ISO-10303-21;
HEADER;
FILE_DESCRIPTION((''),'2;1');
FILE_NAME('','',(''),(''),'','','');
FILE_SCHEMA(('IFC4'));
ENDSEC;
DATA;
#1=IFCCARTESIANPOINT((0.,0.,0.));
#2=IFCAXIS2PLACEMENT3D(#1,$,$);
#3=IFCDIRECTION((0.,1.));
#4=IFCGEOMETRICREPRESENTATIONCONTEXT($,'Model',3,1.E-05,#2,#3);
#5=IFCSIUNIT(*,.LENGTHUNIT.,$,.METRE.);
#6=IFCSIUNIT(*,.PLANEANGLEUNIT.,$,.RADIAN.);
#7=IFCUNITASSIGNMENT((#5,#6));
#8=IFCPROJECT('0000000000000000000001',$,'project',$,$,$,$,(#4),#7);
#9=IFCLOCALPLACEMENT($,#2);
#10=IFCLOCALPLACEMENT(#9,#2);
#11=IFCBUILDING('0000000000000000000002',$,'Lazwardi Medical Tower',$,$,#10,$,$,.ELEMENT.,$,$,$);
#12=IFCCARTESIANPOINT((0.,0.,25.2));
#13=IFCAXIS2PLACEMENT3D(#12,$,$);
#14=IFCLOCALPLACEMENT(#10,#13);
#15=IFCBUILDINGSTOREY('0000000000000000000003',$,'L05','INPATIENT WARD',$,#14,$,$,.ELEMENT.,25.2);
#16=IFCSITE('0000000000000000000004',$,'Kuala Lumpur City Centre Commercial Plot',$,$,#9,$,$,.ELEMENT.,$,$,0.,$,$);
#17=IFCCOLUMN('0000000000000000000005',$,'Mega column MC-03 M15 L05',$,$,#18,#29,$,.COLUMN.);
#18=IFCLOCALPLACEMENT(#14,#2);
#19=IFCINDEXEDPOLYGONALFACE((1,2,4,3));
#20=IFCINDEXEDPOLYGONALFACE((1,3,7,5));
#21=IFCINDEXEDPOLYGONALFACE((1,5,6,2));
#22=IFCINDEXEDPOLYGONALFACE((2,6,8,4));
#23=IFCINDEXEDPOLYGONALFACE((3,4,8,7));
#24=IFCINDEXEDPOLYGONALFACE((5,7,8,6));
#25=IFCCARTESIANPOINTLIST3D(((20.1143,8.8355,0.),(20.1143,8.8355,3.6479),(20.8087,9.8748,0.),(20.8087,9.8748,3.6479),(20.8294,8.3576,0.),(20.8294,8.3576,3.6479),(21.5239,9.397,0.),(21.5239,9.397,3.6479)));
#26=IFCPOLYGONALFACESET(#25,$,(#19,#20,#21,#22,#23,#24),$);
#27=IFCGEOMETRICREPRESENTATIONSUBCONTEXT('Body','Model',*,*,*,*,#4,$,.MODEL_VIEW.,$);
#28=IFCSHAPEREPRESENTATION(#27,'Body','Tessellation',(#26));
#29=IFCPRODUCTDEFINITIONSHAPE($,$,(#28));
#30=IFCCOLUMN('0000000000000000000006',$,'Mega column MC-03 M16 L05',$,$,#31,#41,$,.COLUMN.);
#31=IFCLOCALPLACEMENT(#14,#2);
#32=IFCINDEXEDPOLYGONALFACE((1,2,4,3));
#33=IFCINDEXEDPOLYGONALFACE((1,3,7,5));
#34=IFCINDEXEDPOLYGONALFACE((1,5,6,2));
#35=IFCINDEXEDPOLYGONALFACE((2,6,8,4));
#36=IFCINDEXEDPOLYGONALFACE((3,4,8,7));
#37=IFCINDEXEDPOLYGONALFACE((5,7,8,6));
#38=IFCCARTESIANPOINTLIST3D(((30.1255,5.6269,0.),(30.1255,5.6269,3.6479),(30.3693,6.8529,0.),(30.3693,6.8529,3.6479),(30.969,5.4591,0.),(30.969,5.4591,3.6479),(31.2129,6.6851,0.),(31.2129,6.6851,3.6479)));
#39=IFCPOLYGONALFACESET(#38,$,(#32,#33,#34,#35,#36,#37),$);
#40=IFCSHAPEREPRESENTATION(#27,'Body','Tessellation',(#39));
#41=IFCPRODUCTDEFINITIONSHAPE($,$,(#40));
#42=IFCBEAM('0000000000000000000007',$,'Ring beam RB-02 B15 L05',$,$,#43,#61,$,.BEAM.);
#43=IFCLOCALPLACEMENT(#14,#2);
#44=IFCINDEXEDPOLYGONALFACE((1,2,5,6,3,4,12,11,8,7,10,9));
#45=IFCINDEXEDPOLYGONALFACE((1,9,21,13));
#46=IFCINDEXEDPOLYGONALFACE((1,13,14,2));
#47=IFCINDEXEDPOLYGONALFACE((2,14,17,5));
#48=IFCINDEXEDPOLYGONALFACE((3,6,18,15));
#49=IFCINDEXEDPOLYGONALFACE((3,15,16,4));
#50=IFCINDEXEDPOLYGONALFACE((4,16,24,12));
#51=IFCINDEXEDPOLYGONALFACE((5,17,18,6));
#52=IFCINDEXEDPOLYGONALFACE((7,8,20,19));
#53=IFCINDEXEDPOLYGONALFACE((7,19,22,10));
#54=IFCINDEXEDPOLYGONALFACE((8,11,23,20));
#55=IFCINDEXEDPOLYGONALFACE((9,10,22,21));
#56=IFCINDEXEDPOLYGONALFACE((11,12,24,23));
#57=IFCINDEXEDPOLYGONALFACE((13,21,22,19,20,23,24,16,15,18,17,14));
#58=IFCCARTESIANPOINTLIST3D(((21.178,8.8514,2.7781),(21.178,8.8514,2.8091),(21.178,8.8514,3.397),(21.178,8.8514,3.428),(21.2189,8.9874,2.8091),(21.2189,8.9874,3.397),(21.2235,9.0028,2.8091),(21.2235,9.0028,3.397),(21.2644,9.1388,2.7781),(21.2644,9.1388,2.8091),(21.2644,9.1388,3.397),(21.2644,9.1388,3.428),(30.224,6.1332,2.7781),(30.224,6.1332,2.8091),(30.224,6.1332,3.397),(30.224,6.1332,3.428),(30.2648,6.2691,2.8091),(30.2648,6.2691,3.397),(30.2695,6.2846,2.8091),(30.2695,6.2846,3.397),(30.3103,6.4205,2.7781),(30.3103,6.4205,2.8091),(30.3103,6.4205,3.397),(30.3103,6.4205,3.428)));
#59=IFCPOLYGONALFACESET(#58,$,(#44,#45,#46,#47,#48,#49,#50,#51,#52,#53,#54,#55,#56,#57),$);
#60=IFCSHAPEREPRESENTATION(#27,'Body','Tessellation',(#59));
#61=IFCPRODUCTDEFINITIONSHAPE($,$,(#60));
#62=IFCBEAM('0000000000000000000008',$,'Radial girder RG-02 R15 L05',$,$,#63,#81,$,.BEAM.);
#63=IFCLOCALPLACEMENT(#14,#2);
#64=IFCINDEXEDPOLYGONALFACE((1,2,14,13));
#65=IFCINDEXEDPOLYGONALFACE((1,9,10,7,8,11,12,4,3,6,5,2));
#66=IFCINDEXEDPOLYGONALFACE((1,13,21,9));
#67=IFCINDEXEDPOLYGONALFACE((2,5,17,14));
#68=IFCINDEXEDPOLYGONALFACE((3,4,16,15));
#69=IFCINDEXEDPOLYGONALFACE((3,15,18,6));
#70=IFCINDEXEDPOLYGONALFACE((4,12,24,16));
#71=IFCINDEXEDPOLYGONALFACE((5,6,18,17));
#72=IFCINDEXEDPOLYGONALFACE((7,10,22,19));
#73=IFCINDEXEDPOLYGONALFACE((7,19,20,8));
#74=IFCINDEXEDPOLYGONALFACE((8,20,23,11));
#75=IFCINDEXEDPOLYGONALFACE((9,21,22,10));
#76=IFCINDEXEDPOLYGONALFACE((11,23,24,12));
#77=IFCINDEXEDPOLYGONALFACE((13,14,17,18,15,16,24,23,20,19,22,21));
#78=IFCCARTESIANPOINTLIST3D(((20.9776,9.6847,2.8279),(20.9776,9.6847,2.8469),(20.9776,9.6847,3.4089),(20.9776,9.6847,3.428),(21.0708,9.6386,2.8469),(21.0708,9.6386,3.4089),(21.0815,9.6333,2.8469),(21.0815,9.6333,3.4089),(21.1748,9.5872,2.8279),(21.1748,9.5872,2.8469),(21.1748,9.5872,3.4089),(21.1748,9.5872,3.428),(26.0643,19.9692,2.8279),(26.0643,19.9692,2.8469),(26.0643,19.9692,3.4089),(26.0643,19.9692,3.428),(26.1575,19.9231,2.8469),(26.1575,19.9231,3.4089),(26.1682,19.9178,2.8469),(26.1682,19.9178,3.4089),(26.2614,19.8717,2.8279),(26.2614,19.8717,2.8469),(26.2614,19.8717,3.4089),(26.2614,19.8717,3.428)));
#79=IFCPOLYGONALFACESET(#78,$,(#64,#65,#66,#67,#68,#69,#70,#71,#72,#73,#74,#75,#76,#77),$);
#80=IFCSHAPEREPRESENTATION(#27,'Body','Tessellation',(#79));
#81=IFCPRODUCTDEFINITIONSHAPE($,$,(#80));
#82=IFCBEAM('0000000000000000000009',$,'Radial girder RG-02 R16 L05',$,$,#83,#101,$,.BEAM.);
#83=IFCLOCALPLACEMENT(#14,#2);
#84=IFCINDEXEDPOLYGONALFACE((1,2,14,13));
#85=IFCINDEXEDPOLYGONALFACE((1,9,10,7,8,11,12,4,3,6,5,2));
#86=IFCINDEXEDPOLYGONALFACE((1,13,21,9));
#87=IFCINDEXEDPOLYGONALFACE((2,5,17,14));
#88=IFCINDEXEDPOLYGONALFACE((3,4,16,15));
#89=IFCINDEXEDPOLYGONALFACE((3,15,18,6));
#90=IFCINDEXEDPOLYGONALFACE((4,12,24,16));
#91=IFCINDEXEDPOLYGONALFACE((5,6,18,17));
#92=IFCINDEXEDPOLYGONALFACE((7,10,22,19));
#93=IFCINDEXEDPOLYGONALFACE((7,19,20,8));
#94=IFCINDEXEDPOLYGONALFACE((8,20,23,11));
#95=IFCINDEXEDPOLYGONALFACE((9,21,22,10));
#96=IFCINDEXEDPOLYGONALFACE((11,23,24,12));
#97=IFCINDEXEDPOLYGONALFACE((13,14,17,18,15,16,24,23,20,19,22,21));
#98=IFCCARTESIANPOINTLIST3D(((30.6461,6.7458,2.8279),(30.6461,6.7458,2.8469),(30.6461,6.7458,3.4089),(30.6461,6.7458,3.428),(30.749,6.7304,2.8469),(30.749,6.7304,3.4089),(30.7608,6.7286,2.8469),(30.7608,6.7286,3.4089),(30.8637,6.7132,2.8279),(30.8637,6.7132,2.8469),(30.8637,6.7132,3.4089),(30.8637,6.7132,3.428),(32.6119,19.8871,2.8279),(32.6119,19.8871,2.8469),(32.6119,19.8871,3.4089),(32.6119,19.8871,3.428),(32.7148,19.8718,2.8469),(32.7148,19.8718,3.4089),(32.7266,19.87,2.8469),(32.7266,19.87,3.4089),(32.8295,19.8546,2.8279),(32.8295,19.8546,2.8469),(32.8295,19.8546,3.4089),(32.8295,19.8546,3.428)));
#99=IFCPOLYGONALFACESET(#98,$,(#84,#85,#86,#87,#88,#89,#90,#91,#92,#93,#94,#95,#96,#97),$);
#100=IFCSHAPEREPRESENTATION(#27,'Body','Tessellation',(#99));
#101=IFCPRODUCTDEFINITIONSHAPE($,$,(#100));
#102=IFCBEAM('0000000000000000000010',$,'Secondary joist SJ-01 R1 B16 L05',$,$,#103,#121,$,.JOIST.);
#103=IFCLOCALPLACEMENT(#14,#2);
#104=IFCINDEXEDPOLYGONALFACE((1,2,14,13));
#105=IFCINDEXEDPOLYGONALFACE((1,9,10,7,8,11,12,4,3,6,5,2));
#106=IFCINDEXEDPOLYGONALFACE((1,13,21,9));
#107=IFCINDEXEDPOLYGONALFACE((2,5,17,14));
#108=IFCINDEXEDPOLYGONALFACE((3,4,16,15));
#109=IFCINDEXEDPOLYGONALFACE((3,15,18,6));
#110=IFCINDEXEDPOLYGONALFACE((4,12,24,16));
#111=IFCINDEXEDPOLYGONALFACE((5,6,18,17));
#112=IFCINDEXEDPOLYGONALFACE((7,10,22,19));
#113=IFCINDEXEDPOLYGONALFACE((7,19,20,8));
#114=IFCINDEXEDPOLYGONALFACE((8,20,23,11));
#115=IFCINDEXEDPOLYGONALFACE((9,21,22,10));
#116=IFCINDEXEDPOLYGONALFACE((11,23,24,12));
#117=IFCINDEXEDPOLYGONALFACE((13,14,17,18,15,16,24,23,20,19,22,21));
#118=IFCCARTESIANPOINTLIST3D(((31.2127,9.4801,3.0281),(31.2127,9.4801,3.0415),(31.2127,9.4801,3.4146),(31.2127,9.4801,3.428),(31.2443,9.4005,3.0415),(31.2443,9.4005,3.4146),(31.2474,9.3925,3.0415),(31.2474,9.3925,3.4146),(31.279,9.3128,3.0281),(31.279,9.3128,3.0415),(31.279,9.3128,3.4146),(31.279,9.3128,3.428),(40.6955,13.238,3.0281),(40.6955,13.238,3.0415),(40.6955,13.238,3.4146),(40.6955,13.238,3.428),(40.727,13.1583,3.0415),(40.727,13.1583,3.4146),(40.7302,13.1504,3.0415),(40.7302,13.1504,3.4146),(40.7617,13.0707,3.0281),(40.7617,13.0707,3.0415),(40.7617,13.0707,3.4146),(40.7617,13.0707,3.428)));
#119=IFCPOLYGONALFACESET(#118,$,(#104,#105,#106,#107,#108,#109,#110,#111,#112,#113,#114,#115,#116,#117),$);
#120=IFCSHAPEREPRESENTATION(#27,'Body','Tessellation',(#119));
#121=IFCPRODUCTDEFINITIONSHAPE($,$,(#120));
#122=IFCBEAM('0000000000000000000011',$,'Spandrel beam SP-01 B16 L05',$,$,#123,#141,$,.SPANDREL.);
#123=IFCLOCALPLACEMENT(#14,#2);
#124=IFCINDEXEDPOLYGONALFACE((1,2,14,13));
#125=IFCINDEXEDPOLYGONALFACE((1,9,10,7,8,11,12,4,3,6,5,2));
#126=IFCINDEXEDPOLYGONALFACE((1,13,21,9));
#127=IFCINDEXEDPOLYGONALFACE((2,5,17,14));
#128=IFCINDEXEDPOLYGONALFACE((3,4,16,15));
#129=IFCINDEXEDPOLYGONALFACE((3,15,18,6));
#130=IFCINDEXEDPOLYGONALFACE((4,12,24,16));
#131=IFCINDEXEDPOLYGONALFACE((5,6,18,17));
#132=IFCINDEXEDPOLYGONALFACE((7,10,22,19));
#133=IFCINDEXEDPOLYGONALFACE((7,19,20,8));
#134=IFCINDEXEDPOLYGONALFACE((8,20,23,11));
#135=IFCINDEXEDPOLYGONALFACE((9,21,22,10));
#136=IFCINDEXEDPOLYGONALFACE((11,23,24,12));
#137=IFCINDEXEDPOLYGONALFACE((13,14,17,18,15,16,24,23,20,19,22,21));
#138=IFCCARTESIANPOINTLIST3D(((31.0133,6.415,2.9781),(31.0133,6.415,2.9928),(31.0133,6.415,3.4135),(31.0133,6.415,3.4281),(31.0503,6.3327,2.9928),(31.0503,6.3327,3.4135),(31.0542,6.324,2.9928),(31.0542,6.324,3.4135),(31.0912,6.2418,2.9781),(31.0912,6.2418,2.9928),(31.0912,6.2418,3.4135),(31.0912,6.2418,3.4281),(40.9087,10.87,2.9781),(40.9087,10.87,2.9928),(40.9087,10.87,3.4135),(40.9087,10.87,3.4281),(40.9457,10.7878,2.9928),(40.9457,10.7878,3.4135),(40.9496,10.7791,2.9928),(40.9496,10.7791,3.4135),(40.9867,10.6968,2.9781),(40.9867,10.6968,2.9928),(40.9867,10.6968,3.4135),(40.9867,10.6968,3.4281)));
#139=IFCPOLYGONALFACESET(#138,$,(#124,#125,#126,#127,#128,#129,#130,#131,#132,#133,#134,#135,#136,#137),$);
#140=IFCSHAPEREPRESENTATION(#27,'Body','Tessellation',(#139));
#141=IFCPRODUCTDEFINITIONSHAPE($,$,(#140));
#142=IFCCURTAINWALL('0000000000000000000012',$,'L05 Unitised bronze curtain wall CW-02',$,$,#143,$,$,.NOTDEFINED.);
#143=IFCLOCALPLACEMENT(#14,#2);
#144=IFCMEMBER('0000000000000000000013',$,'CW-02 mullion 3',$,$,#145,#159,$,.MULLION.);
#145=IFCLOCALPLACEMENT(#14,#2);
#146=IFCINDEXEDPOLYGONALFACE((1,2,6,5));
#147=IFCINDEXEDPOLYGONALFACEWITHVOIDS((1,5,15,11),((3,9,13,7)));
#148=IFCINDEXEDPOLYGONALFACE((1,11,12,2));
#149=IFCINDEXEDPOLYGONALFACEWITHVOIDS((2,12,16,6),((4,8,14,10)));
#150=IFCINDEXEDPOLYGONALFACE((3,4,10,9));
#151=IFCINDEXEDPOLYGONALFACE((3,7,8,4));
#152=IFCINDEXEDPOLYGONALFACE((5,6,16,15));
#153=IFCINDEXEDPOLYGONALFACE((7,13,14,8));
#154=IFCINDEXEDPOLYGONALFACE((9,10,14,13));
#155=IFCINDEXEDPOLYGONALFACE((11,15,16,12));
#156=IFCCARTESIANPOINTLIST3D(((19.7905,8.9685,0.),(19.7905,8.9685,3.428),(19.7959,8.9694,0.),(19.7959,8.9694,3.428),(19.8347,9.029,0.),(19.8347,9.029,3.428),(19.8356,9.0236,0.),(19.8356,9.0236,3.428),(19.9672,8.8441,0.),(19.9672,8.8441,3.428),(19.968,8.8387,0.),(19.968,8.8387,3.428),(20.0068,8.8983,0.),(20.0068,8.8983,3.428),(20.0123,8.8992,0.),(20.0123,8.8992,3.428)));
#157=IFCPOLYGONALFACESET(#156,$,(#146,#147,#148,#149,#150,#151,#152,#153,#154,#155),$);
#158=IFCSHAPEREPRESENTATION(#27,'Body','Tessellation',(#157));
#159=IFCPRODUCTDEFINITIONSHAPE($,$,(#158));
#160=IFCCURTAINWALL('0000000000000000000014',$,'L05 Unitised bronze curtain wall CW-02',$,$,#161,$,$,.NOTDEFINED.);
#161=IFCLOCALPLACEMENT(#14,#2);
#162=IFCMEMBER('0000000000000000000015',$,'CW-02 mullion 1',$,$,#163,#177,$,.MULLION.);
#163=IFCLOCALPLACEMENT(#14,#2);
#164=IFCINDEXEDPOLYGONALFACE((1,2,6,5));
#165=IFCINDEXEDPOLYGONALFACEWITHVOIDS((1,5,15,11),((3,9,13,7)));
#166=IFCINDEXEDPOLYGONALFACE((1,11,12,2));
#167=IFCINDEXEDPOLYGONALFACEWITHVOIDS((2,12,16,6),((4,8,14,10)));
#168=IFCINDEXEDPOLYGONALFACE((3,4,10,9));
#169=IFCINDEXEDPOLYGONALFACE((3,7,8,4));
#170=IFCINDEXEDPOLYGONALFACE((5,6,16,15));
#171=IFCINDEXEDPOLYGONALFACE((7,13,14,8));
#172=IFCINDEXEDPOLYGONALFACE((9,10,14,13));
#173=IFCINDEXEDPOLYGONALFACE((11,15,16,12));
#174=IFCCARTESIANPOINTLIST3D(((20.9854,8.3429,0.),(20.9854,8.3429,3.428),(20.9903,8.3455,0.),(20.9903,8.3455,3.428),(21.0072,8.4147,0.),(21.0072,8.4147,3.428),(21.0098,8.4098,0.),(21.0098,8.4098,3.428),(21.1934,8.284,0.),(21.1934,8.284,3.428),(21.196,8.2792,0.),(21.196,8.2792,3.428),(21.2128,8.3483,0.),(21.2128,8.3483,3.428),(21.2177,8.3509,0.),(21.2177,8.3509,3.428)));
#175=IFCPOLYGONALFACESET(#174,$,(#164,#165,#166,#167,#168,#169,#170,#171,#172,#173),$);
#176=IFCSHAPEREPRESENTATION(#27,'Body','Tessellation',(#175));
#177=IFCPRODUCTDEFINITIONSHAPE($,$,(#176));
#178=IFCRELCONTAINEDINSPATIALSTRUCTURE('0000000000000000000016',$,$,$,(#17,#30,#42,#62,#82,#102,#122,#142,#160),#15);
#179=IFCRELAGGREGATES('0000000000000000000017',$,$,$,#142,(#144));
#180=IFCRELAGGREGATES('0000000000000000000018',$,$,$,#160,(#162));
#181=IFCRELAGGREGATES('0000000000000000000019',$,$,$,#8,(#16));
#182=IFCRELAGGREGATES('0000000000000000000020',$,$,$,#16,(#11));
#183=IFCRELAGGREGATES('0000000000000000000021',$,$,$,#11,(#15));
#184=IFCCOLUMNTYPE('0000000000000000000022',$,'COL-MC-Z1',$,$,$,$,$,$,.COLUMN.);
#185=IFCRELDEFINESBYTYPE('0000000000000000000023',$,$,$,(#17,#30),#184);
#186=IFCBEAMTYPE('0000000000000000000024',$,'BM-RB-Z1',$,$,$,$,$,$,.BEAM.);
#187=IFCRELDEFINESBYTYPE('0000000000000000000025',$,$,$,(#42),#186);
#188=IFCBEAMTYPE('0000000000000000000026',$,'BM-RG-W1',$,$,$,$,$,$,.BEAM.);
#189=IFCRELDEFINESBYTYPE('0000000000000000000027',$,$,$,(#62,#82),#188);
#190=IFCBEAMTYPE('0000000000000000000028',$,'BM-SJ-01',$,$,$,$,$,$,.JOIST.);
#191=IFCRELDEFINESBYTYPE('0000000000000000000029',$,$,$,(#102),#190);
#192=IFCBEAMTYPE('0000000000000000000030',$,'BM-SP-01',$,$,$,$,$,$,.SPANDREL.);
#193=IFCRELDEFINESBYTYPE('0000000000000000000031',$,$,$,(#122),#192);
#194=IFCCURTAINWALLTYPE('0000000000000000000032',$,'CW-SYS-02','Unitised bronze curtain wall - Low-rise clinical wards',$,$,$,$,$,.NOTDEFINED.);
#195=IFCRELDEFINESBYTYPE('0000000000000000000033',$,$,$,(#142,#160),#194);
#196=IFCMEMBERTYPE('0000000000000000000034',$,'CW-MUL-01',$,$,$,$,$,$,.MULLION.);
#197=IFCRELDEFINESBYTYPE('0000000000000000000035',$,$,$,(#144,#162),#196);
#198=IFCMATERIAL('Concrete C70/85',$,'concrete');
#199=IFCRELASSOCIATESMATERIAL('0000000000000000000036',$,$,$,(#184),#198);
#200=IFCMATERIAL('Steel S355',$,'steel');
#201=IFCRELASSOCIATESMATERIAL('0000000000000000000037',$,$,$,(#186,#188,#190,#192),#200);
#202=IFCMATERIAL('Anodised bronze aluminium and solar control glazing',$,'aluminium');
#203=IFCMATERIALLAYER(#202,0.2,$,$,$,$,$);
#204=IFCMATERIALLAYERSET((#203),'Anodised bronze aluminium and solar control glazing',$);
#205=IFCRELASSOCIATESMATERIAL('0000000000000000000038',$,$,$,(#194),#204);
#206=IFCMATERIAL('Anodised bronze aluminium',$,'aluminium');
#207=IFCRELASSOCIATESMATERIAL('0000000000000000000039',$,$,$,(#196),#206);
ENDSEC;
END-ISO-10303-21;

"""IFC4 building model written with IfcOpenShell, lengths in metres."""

from ifc_helpers import new_model, si_unit, direction, frame, origin, origin_2d, place, context, subcontext, project, spatial, rectangle, hollow_rectangle, i_section, extrude, material, layer, layer_set, material_profile, profile_set, type_object, element, aggregate, save


model = new_model("IFC4")

# Units and contexts
model_context = context("Model", 3, precision=1e-05, world=origin(), true_north=direction((0.0, 1.0)))
body_context = subcontext(model_context, "Body", "Model", "MODEL_VIEW")
ifc_project = project(units=[si_unit("LENGTHUNIT", "METRE"), si_unit("PLANEANGLEUNIT", "RADIAN")], contexts=[model_context])

# Site, building, storey
site_placement = place(None, origin())
site = spatial("IfcSite", under=ifc_project, at=site_placement, Name="Kuala Lumpur City Centre Commercial Plot", CompositionType="ELEMENT", RefElevation=0.0)
building_placement = place(site_placement, origin())
building = spatial("IfcBuilding", under=site, at=building_placement, Name="Lazwardi Medical Tower", CompositionType="ELEMENT")
storey_placement = place(building_placement, frame((0.0, 0.0, 25.2)))
storey = spatial("IfcBuildingStorey", under=building, at=storey_placement, Name="L05", Description="INPATIENT WARD", CompositionType="ELEMENT", Elevation=25.2)

# Columns
ifc_material_1 = material(Name="Concrete C70/85", Category="concrete")
ifc_material_profile_1 = material_profile(ifc_material_1, rectangle(XDim=1.25, YDim=0.8601, at=origin_2d()), Name="CFT-RECT 1250x860")
ifc_profile_set_1 = profile_set([ifc_material_profile_1], Name="Concrete C70/85")
column_type = type_object("IfcColumnType", Name="COL-MC-Z1", PredefinedType="COLUMN", material=ifc_profile_set_1)
for number, where, z_axis, x_axis, name in (
    (1, (20.8191, 9.1162, 0.0), (0.0, 0.0, 1.0), (-0.55557, -0.83147, 0.0), "Mega column MC-03 M15 L05"),
    (2, (30.6692, 6.156, 0.0), (0.0, 0.0, 1.0), (-0.19509, -0.980785, 0.0), "Mega column MC-03 M16 L05"),
):
    element("IfcColumn", number, at=place(storey_placement, frame(where, z_axis=z_axis, x_axis=x_axis)), inside=storey, type_object=column_type, Name=name, PredefinedType="COLUMN", context=body_context, shape_type="SweptSolid", body=[
        extrude(rectangle(XDim=1.25, YDim=0.8601, at=origin_2d()), origin(), (0.0, 0.0, 1.0), 3.6479),
    ])

# Beams
ifc_material_2 = material(Name="Steel S355", Category="steel")
ifc_material_profile_2 = material_profile(ifc_material_2, i_section(OverallWidth=0.3, OverallDepth=0.6499, WebThickness=0.0161, FlangeThickness=0.031, at=origin_2d()), Name="HEB 650")
ifc_profile_set_2 = profile_set([ifc_material_profile_2], Name="Steel S355")
beam_type_1 = type_object("IfcBeamType", Name="BM-RB-Z1", PredefinedType="BEAM", material=ifc_profile_set_2)
beam_1_placement = place(storey_placement, frame((21.2212, 8.9951, 3.103), z_axis=(0.957695, -0.287784, 0.0), x_axis=(0.287784, 0.957695, 0.0)))
element("IfcBeam", 3, at=beam_1_placement, inside=storey, type_object=beam_type_1, Name="Ring beam RB-02 B15 L05", PredefinedType="BEAM", context=body_context, shape_type="SweptSolid", body=[
    extrude(i_section(OverallWidth=0.3, OverallDepth=0.6499, WebThickness=0.0161, FlangeThickness=0.031, at=origin_2d()), origin(), (0.0, 0.0, 1.0), 9.4456),
])
ifc_material_profile_3 = material_profile(ifc_material_2, i_section(OverallWidth=0.22, OverallDepth=0.6001, WebThickness=0.012, FlangeThickness=0.019, at=origin_2d()), Name="IPE 600")
ifc_profile_set_3 = profile_set([ifc_material_profile_3], Name="Steel S355")
beam_type_2 = type_object("IfcBeamType", Name="BM-RG-W1", PredefinedType="BEAM", material=ifc_profile_set_3)
beam_2_placement = place(storey_placement, frame((21.0762, 9.636, 3.1279), z_axis=(0.443337, 0.896355, 0.0), x_axis=(-0.896355, 0.443337, 0.0)))
element("IfcBeam", 4, at=beam_2_placement, inside=storey, type_object=beam_type_2, Name="Radial girder RG-02 R15 L05", PredefinedType="BEAM", context=body_context, shape_type="SweptSolid", body=[
    extrude(i_section(OverallWidth=0.22, OverallDepth=0.6001, WebThickness=0.012, FlangeThickness=0.019, at=origin_2d()), origin(), (0.0, 0.0, 1.0), 11.4736),
])
beam_3_placement = place(storey_placement, frame((30.7549, 6.7295, 3.1279), z_axis=(0.147944, 0.988996, 0.0), x_axis=(-0.988996, 0.147944, 0.0)))
element("IfcBeam", 5, at=beam_3_placement, inside=storey, type_object=beam_type_2, Name="Radial girder RG-02 R16 L05", PredefinedType="BEAM", context=body_context, shape_type="SweptSolid", body=[
    extrude(i_section(OverallWidth=0.22, OverallDepth=0.6001, WebThickness=0.012, FlangeThickness=0.019, at=origin_2d()), origin(), (0.0, 0.0, 1.0), 13.2876),
])
ifc_material_profile_4 = material_profile(ifc_material_2, i_section(OverallWidth=0.1799, OverallDepth=0.3999, WebThickness=0.0085, FlangeThickness=0.0134, at=origin_2d()), Name="IPE 400")
ifc_profile_set_4 = profile_set([ifc_material_profile_4], Name="Steel S355")
beam_type_3 = type_object("IfcBeamType", Name="BM-SJ-01", PredefinedType="JOIST", material=ifc_profile_set_4)
beam_4_placement = place(storey_placement, frame((31.2458, 9.3965, 3.228), z_axis=(0.929664, 0.368409, 0.0), x_axis=(-0.368409, 0.929664, 0.0)))
element("IfcBeam", 6, at=beam_4_placement, inside=storey, type_object=beam_type_3, Name="Secondary joist SJ-01 R1 B16 L05", PredefinedType="JOIST", context=body_context, shape_type="SweptSolid", body=[
    extrude(i_section(OverallWidth=0.1799, OverallDepth=0.3999, WebThickness=0.0085, FlangeThickness=0.0134, at=origin_2d()), origin(), (0.0, 0.0, 1.0), 10.2002),
])
ifc_material_profile_5 = material_profile(ifc_material_2, i_section(OverallWidth=0.1899, OverallDepth=0.45, WebThickness=0.0095, FlangeThickness=0.0146, at=origin_2d()), Name="IPE 450")
ifc_profile_set_5 = profile_set([ifc_material_profile_5], Name="Steel S355")
beam_type_4 = type_object("IfcBeamType", Name="BM-SP-01", PredefinedType="SPANDREL", material=ifc_profile_set_5)
beam_5_placement = place(storey_placement, frame((31.0522, 6.3284, 3.2031), z_axis=(0.911849, 0.410526, 0.0), x_axis=(-0.410526, 0.911849, 0.0)))
element("IfcBeam", 7, at=beam_5_placement, inside=storey, type_object=beam_type_4, Name="Spandrel beam SP-01 B16 L05", PredefinedType="SPANDREL", context=body_context, shape_type="SweptSolid", body=[
    extrude(i_section(OverallWidth=0.1899, OverallDepth=0.45, WebThickness=0.0095, FlangeThickness=0.0146, at=origin_2d()), origin(), (0.0, 0.0, 1.0), 10.8521),
])

# Curtain wall, member
ifc_material_3 = material(Name="Anodised bronze aluminium and solar control glazing", Category="aluminium")
ifc_layer_1 = layer(ifc_material_3, 0.2)
ifc_layer_set_1 = layer_set([ifc_layer_1], Name="Anodised bronze aluminium and solar control glazing")
curtain_wall_type = type_object("IfcCurtainWallType", Name="CW-SYS-02", Description="Unitised bronze curtain wall - Low-rise clinical wards", PredefinedType="NOTDEFINED", material=ifc_layer_set_1)
curtain_wall_1_placement = place(storey_placement, origin())
curtain_wall_1 = element("IfcCurtainWall", 8, at=curtain_wall_1_placement, inside=storey, type_object=curtain_wall_type, Name="L05 Unitised bronze curtain wall CW-02", PredefinedType="NOTDEFINED")
ifc_material_4 = material(Name="Anodised bronze aluminium", Category="aluminium")
ifc_material_profile_6 = material_profile(ifc_material_4, hollow_rectangle(XDim=0.075, YDim=0.22, WallThickness=0.0039, at=origin_2d()), Name="ALU-MULLION 220x75x4")
ifc_profile_set_6 = profile_set([ifc_material_profile_6], Name="Anodised bronze aluminium")
member_type_1 = type_object("IfcMemberType", Name="CW-MUL-01", PredefinedType="MULLION", material=ifc_profile_set_6)
member_1_placement = place(storey_placement, frame((19.9014, 8.9338, 0.0), z_axis=(0.0, 0.0, 1.0), x_axis=(0.590289, 0.807192, 0.0)))
member_1 = element("IfcMember", 9, at=member_1_placement, type_object=member_type_1, Name="CW-02 mullion 3", PredefinedType="MULLION", context=body_context, shape_type="SweptSolid", body=[
    extrude(hollow_rectangle(XDim=0.075, YDim=0.22, WallThickness=0.0039, at=origin_2d()), origin(), (0.0, 0.0, 1.0), 3.428),
])

# Curtain wall, member
curtain_wall_2_placement = place(storey_placement, origin())
curtain_wall_2 = element("IfcCurtainWall", 10, at=curtain_wall_2_placement, inside=storey, type_object=curtain_wall_type, Name="L05 Unitised bronze curtain wall CW-02", PredefinedType="NOTDEFINED")
member_2_placement = place(storey_placement, frame((21.1016, 8.3469, 0.0), z_axis=(0.0, 0.0, 1.0), x_axis=(0.289896, 0.957058, 0.0)))
member_2 = element("IfcMember", 11, at=member_2_placement, type_object=member_type_1, Name="CW-02 mullion 1", PredefinedType="MULLION", context=body_context, shape_type="SweptSolid", body=[
    extrude(hollow_rectangle(XDim=0.075, YDim=0.22, WallThickness=0.0039, at=origin_2d()), origin(), (0.0, 0.0, 1.0), 3.428),
])

aggregate(curtain_wall_1, [member_1])
aggregate(curtain_wall_2, [member_2])

save(model, "model.ifc")
